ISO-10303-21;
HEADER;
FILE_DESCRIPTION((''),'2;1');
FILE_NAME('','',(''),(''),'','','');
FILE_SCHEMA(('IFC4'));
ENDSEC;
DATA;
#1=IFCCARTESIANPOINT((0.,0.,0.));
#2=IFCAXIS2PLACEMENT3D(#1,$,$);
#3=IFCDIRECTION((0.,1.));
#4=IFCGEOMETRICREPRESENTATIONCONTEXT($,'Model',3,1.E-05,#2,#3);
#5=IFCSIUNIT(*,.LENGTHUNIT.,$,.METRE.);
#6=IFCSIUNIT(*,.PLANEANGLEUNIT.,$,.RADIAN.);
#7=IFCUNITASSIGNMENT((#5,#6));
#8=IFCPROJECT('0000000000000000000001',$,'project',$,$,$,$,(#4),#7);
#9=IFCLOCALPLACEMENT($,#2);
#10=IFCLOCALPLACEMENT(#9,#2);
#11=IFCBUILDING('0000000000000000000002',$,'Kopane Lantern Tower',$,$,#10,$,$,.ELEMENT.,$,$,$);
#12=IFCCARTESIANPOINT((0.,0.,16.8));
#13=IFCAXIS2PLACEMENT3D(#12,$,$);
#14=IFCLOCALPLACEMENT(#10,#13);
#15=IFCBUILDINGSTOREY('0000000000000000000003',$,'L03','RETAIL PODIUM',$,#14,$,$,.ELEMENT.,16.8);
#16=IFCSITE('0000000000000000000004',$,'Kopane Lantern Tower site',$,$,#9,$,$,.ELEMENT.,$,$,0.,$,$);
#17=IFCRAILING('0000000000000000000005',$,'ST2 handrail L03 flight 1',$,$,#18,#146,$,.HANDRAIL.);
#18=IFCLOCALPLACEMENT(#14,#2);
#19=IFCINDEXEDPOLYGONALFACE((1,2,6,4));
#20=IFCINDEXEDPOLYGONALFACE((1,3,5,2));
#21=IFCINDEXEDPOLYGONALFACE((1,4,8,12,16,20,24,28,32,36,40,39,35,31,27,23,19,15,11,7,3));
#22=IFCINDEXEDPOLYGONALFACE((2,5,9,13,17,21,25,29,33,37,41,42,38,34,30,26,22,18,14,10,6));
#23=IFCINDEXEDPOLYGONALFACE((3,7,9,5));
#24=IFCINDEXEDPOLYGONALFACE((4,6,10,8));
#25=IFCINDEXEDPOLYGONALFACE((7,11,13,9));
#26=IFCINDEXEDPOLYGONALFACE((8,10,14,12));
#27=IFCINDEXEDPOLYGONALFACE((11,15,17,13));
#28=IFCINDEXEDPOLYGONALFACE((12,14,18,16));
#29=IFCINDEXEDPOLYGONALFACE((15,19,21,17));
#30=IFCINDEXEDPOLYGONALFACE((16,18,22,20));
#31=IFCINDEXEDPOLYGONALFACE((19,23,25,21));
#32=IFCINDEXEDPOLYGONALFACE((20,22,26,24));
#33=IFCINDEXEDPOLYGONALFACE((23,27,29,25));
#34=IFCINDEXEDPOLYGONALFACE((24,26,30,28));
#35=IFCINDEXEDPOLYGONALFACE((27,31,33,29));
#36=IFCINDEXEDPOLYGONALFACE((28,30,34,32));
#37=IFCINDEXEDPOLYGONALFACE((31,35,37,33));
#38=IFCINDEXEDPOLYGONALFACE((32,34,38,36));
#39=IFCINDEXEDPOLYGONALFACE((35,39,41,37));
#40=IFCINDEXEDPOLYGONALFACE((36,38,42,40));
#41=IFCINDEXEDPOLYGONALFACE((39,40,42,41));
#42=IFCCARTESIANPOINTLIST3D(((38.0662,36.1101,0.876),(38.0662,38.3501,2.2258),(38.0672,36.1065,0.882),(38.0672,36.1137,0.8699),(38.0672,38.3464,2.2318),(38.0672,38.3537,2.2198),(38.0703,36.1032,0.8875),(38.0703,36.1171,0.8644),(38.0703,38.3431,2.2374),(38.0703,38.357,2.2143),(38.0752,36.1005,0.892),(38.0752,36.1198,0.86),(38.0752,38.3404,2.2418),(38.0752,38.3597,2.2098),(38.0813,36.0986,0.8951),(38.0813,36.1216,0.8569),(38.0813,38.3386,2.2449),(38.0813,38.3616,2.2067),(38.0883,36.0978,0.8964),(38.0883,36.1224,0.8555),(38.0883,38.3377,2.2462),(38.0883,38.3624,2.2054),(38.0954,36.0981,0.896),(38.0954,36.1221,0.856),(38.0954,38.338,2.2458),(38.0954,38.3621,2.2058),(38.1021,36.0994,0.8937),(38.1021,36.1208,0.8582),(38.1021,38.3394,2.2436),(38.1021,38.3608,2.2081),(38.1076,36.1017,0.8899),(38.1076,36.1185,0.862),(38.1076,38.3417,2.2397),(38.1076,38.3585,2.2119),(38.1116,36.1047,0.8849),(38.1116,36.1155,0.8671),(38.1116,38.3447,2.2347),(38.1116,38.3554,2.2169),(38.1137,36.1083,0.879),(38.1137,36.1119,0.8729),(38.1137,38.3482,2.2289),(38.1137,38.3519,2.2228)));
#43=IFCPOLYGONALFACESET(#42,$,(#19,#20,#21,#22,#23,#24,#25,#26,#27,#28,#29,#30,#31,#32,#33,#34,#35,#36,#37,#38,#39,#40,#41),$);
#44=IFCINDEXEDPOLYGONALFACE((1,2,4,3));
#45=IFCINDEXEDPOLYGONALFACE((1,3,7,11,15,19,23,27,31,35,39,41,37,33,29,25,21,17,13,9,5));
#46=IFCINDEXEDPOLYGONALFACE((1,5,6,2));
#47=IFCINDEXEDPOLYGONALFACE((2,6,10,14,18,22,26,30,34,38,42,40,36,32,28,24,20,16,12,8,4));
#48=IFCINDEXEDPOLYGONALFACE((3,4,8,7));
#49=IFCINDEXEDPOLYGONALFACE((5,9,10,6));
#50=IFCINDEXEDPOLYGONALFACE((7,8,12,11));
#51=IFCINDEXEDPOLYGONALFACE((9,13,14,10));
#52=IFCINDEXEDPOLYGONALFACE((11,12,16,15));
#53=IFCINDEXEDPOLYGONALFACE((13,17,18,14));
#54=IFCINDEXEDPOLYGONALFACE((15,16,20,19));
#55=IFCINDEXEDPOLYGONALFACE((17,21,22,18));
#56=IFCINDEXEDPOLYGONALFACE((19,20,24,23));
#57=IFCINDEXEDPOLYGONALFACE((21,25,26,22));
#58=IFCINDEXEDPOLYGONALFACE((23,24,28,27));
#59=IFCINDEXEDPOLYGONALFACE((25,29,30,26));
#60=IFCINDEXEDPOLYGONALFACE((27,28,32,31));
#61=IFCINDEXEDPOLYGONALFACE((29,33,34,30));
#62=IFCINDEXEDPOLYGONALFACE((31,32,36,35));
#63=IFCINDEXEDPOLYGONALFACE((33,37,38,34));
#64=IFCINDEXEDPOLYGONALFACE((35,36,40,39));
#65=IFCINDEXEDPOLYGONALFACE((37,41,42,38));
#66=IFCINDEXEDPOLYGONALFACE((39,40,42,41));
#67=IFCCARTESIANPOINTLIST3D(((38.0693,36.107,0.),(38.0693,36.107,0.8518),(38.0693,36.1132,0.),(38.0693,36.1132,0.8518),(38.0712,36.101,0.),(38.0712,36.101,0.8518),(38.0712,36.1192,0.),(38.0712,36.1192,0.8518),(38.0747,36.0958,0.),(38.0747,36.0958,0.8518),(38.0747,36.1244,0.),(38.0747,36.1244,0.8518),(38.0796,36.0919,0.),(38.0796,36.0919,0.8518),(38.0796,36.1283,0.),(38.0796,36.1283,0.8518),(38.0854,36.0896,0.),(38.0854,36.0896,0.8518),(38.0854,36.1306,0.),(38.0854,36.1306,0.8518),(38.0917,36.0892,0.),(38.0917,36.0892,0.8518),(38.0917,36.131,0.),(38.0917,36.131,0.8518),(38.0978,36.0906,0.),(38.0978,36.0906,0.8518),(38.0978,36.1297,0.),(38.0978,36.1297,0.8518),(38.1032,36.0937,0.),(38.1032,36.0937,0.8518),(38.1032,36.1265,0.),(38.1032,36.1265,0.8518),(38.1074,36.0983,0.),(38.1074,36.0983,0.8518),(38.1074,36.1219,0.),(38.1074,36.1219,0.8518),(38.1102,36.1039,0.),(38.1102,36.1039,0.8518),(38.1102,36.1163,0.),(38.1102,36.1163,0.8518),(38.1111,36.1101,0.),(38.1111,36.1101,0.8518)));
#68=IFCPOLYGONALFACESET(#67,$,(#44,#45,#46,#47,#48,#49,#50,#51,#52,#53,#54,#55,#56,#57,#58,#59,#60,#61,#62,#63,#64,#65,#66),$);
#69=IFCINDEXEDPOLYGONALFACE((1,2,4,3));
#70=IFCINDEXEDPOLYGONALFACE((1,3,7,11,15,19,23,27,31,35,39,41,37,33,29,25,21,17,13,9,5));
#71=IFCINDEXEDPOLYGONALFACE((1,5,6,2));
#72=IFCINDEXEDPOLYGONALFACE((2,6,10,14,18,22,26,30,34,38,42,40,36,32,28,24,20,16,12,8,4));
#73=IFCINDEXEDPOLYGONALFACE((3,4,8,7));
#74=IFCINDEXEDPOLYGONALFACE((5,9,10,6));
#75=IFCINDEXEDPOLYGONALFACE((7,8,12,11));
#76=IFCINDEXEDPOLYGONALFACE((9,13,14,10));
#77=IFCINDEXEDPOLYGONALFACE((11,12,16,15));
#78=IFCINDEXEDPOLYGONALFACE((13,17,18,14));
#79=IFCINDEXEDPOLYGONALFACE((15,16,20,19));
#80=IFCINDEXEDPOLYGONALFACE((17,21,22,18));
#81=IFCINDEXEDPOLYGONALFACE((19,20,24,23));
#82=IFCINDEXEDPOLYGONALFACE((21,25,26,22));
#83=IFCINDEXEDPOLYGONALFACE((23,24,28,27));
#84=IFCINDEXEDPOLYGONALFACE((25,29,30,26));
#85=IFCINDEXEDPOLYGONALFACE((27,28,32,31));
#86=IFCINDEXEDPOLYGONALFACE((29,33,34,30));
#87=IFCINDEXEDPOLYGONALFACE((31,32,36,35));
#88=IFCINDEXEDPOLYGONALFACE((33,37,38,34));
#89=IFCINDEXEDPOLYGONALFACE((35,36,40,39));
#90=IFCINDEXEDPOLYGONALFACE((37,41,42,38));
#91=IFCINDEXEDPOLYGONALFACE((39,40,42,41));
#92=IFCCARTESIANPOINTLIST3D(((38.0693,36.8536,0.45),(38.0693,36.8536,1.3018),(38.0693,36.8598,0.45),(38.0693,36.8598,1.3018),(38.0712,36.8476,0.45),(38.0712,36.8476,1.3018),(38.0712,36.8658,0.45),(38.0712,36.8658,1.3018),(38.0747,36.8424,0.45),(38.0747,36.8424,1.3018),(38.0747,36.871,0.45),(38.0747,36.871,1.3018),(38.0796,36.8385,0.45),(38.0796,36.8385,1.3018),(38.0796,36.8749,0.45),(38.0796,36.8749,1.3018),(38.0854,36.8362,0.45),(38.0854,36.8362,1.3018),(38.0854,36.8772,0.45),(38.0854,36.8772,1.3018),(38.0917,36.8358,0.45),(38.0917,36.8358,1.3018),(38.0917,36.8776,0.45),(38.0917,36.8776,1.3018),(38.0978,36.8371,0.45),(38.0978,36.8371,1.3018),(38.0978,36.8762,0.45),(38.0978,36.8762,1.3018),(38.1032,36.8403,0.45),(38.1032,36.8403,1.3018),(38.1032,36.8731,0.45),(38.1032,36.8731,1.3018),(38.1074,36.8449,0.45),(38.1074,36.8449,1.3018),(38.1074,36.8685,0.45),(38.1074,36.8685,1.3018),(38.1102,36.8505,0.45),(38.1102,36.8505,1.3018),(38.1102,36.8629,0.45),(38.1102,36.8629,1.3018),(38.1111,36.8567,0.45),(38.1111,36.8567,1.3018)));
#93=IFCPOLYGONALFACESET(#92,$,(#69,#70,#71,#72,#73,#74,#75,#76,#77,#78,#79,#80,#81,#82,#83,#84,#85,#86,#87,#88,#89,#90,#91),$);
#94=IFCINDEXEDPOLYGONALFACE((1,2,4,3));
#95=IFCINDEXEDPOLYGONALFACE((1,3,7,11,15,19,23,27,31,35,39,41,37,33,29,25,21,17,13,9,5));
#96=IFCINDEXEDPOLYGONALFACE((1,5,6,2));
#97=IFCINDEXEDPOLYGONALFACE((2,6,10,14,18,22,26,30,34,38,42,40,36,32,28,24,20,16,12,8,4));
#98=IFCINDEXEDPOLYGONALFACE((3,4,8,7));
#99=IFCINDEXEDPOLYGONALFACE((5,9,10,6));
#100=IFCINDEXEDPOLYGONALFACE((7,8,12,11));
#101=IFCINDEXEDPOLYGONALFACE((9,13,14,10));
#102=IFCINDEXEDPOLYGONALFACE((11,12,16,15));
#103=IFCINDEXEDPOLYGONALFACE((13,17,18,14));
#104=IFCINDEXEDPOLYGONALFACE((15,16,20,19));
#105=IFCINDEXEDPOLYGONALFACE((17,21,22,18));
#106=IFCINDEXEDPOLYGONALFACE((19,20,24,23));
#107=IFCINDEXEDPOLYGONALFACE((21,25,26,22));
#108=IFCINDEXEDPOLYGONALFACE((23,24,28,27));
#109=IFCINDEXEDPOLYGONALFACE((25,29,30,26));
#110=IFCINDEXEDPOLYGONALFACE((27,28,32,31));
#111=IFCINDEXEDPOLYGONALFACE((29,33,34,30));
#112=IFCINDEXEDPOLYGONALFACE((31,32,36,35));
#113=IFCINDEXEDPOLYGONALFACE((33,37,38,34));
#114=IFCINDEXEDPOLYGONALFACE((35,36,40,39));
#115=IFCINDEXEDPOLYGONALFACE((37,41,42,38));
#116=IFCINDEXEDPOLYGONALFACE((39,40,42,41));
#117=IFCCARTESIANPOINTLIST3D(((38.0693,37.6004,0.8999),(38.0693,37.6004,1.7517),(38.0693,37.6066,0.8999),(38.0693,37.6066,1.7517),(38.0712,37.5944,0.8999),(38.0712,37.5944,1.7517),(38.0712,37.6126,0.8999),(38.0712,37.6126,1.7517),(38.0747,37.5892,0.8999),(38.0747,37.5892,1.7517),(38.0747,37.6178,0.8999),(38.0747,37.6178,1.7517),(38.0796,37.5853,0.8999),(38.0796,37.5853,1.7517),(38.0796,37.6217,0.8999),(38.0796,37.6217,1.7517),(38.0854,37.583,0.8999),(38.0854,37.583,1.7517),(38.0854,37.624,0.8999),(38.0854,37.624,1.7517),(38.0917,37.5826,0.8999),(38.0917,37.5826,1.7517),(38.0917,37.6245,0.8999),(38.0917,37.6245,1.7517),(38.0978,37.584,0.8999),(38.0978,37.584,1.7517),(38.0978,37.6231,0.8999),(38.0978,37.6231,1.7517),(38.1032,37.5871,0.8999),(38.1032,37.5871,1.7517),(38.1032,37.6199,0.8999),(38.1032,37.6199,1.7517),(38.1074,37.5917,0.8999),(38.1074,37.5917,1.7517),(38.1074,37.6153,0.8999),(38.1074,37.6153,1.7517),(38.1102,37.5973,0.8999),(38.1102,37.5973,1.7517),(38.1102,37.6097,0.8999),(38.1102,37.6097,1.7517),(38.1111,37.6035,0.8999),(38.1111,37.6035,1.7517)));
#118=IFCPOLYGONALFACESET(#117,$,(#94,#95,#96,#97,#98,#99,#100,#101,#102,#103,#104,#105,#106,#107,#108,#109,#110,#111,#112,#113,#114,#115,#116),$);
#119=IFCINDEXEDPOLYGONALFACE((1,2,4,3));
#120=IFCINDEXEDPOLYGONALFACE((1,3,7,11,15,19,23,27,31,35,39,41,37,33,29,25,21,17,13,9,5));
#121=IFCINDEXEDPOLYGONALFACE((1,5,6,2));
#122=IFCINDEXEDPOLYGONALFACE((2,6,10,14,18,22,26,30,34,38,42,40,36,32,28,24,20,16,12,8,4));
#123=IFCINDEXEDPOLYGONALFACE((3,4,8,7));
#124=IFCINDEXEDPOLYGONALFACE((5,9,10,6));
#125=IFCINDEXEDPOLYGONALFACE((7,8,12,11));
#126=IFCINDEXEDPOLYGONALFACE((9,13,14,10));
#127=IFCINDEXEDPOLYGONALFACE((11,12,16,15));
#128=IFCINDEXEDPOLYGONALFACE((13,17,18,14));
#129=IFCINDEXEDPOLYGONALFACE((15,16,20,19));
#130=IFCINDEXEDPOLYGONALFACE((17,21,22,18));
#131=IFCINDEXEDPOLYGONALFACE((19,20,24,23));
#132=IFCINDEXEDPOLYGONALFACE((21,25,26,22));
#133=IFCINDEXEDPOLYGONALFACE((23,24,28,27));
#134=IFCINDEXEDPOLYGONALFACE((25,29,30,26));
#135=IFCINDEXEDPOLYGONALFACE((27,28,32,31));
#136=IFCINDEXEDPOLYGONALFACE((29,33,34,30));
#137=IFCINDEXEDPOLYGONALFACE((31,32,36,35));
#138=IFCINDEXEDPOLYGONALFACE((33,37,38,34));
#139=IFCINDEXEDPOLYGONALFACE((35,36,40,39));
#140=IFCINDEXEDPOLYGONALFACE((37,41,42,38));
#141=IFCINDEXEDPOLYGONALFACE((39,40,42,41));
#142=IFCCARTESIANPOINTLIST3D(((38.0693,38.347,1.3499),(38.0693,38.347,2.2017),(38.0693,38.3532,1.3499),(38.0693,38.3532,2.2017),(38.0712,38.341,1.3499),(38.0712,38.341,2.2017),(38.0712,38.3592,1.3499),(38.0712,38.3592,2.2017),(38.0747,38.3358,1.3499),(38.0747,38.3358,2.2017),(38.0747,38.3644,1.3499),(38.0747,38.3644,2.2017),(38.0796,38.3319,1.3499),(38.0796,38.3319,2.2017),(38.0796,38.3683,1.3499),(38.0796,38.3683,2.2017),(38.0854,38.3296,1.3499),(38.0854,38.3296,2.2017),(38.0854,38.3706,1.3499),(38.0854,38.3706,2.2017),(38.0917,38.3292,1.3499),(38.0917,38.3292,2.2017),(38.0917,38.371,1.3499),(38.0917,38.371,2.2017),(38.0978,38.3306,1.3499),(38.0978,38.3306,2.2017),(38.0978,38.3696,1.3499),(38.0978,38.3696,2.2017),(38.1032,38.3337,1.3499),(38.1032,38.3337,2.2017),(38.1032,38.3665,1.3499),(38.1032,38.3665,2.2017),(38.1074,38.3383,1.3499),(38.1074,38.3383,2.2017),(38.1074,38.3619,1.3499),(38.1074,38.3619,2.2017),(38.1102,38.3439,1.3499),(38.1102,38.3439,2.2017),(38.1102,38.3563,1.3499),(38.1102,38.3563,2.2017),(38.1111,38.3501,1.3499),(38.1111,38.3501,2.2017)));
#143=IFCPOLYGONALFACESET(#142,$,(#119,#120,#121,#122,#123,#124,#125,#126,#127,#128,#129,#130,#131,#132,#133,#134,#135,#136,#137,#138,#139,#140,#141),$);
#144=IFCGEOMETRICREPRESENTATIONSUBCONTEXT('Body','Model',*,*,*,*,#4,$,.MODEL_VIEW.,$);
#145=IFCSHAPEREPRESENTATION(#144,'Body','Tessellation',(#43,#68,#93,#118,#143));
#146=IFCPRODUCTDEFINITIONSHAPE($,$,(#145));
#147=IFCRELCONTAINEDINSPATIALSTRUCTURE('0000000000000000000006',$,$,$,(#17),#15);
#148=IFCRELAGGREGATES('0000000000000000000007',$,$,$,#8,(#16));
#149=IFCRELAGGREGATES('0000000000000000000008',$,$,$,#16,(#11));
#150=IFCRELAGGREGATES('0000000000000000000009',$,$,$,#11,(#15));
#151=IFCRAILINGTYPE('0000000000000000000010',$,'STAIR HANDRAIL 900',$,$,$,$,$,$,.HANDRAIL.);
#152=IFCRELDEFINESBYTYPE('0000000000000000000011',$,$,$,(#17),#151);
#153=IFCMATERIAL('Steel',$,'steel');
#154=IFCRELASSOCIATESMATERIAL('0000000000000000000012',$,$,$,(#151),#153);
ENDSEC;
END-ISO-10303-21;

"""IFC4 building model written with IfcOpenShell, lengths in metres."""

from ifc_helpers import new_model, si_unit, direction, frame, origin, origin_2d, place, context, subcontext, project, spatial, circle, extrude, material, type_object, element, save


model = new_model("IFC4")

# Units and contexts
model_context = context("Model", 3, precision=1e-05, world=origin(), true_north=direction((0.0, 1.0)))
body_context = subcontext(model_context, "Body", "Model", "MODEL_VIEW")
ifc_project = project(units=[si_unit("LENGTHUNIT", "METRE"), si_unit("PLANEANGLEUNIT", "RADIAN")], contexts=[model_context])

# Site, building, storey
site_placement = place(None, origin())
site = spatial("IfcSite", under=ifc_project, at=site_placement, Name="Kopane Lantern Tower site", CompositionType="ELEMENT", RefElevation=0.0)
building_placement = place(site_placement, origin())
building = spatial("IfcBuilding", under=site, at=building_placement, Name="Kopane Lantern Tower", CompositionType="ELEMENT")
storey_placement = place(building_placement, frame((0.0, 0.0, 16.8)))
storey = spatial("IfcBuildingStorey", under=building, at=storey_placement, Name="L03", Description="RETAIL PODIUM", CompositionType="ELEMENT", Elevation=16.8)

# Railing
ifc_material_1 = material(Name="Steel", Category="steel")
railing_type_1 = type_object("IfcRailingType", Name="STAIR HANDRAIL 900", PredefinedType="HANDRAIL", material=ifc_material_1)
for number, where, name in (
    (1, (38.0901, 36.1101, 0.0), "ST2 handrail L03 flight 1"),
):
    element("IfcRailing", number, at=place(storey_placement, frame(where)), inside=storey, type_object=railing_type_1, Name=name, PredefinedType="HANDRAIL", context=body_context, shape_type="SweptSolid", body=[
        extrude(circle(Radius=0.0239, at=origin_2d()), frame((0.0, 0.0, 0.876), z_axis=(0.0, 0.856503, 0.516142), x_axis=(-1.0, 0.0, 0.0)), (0.0, 0.0, 1.0), 2.6152),
        extrude(circle(Radius=0.021, at=origin_2d()), origin(), (0.0, 0.0, 1.0), 0.8518),
        extrude(circle(Radius=0.021, at=origin_2d()), frame((0.0, 0.7466, 0.45)), (0.0, 0.0, 1.0), 0.8518),
        extrude(circle(Radius=0.021, at=origin_2d()), frame((0.0, 1.4934, 0.8999)), (0.0, 0.0, 1.0), 0.8518),
        extrude(circle(Radius=0.021, at=origin_2d()), frame((0.0, 2.24, 1.3499)), (0.0, 0.0, 1.0), 0.8518),
    ])

save(model, "model.ifc")
